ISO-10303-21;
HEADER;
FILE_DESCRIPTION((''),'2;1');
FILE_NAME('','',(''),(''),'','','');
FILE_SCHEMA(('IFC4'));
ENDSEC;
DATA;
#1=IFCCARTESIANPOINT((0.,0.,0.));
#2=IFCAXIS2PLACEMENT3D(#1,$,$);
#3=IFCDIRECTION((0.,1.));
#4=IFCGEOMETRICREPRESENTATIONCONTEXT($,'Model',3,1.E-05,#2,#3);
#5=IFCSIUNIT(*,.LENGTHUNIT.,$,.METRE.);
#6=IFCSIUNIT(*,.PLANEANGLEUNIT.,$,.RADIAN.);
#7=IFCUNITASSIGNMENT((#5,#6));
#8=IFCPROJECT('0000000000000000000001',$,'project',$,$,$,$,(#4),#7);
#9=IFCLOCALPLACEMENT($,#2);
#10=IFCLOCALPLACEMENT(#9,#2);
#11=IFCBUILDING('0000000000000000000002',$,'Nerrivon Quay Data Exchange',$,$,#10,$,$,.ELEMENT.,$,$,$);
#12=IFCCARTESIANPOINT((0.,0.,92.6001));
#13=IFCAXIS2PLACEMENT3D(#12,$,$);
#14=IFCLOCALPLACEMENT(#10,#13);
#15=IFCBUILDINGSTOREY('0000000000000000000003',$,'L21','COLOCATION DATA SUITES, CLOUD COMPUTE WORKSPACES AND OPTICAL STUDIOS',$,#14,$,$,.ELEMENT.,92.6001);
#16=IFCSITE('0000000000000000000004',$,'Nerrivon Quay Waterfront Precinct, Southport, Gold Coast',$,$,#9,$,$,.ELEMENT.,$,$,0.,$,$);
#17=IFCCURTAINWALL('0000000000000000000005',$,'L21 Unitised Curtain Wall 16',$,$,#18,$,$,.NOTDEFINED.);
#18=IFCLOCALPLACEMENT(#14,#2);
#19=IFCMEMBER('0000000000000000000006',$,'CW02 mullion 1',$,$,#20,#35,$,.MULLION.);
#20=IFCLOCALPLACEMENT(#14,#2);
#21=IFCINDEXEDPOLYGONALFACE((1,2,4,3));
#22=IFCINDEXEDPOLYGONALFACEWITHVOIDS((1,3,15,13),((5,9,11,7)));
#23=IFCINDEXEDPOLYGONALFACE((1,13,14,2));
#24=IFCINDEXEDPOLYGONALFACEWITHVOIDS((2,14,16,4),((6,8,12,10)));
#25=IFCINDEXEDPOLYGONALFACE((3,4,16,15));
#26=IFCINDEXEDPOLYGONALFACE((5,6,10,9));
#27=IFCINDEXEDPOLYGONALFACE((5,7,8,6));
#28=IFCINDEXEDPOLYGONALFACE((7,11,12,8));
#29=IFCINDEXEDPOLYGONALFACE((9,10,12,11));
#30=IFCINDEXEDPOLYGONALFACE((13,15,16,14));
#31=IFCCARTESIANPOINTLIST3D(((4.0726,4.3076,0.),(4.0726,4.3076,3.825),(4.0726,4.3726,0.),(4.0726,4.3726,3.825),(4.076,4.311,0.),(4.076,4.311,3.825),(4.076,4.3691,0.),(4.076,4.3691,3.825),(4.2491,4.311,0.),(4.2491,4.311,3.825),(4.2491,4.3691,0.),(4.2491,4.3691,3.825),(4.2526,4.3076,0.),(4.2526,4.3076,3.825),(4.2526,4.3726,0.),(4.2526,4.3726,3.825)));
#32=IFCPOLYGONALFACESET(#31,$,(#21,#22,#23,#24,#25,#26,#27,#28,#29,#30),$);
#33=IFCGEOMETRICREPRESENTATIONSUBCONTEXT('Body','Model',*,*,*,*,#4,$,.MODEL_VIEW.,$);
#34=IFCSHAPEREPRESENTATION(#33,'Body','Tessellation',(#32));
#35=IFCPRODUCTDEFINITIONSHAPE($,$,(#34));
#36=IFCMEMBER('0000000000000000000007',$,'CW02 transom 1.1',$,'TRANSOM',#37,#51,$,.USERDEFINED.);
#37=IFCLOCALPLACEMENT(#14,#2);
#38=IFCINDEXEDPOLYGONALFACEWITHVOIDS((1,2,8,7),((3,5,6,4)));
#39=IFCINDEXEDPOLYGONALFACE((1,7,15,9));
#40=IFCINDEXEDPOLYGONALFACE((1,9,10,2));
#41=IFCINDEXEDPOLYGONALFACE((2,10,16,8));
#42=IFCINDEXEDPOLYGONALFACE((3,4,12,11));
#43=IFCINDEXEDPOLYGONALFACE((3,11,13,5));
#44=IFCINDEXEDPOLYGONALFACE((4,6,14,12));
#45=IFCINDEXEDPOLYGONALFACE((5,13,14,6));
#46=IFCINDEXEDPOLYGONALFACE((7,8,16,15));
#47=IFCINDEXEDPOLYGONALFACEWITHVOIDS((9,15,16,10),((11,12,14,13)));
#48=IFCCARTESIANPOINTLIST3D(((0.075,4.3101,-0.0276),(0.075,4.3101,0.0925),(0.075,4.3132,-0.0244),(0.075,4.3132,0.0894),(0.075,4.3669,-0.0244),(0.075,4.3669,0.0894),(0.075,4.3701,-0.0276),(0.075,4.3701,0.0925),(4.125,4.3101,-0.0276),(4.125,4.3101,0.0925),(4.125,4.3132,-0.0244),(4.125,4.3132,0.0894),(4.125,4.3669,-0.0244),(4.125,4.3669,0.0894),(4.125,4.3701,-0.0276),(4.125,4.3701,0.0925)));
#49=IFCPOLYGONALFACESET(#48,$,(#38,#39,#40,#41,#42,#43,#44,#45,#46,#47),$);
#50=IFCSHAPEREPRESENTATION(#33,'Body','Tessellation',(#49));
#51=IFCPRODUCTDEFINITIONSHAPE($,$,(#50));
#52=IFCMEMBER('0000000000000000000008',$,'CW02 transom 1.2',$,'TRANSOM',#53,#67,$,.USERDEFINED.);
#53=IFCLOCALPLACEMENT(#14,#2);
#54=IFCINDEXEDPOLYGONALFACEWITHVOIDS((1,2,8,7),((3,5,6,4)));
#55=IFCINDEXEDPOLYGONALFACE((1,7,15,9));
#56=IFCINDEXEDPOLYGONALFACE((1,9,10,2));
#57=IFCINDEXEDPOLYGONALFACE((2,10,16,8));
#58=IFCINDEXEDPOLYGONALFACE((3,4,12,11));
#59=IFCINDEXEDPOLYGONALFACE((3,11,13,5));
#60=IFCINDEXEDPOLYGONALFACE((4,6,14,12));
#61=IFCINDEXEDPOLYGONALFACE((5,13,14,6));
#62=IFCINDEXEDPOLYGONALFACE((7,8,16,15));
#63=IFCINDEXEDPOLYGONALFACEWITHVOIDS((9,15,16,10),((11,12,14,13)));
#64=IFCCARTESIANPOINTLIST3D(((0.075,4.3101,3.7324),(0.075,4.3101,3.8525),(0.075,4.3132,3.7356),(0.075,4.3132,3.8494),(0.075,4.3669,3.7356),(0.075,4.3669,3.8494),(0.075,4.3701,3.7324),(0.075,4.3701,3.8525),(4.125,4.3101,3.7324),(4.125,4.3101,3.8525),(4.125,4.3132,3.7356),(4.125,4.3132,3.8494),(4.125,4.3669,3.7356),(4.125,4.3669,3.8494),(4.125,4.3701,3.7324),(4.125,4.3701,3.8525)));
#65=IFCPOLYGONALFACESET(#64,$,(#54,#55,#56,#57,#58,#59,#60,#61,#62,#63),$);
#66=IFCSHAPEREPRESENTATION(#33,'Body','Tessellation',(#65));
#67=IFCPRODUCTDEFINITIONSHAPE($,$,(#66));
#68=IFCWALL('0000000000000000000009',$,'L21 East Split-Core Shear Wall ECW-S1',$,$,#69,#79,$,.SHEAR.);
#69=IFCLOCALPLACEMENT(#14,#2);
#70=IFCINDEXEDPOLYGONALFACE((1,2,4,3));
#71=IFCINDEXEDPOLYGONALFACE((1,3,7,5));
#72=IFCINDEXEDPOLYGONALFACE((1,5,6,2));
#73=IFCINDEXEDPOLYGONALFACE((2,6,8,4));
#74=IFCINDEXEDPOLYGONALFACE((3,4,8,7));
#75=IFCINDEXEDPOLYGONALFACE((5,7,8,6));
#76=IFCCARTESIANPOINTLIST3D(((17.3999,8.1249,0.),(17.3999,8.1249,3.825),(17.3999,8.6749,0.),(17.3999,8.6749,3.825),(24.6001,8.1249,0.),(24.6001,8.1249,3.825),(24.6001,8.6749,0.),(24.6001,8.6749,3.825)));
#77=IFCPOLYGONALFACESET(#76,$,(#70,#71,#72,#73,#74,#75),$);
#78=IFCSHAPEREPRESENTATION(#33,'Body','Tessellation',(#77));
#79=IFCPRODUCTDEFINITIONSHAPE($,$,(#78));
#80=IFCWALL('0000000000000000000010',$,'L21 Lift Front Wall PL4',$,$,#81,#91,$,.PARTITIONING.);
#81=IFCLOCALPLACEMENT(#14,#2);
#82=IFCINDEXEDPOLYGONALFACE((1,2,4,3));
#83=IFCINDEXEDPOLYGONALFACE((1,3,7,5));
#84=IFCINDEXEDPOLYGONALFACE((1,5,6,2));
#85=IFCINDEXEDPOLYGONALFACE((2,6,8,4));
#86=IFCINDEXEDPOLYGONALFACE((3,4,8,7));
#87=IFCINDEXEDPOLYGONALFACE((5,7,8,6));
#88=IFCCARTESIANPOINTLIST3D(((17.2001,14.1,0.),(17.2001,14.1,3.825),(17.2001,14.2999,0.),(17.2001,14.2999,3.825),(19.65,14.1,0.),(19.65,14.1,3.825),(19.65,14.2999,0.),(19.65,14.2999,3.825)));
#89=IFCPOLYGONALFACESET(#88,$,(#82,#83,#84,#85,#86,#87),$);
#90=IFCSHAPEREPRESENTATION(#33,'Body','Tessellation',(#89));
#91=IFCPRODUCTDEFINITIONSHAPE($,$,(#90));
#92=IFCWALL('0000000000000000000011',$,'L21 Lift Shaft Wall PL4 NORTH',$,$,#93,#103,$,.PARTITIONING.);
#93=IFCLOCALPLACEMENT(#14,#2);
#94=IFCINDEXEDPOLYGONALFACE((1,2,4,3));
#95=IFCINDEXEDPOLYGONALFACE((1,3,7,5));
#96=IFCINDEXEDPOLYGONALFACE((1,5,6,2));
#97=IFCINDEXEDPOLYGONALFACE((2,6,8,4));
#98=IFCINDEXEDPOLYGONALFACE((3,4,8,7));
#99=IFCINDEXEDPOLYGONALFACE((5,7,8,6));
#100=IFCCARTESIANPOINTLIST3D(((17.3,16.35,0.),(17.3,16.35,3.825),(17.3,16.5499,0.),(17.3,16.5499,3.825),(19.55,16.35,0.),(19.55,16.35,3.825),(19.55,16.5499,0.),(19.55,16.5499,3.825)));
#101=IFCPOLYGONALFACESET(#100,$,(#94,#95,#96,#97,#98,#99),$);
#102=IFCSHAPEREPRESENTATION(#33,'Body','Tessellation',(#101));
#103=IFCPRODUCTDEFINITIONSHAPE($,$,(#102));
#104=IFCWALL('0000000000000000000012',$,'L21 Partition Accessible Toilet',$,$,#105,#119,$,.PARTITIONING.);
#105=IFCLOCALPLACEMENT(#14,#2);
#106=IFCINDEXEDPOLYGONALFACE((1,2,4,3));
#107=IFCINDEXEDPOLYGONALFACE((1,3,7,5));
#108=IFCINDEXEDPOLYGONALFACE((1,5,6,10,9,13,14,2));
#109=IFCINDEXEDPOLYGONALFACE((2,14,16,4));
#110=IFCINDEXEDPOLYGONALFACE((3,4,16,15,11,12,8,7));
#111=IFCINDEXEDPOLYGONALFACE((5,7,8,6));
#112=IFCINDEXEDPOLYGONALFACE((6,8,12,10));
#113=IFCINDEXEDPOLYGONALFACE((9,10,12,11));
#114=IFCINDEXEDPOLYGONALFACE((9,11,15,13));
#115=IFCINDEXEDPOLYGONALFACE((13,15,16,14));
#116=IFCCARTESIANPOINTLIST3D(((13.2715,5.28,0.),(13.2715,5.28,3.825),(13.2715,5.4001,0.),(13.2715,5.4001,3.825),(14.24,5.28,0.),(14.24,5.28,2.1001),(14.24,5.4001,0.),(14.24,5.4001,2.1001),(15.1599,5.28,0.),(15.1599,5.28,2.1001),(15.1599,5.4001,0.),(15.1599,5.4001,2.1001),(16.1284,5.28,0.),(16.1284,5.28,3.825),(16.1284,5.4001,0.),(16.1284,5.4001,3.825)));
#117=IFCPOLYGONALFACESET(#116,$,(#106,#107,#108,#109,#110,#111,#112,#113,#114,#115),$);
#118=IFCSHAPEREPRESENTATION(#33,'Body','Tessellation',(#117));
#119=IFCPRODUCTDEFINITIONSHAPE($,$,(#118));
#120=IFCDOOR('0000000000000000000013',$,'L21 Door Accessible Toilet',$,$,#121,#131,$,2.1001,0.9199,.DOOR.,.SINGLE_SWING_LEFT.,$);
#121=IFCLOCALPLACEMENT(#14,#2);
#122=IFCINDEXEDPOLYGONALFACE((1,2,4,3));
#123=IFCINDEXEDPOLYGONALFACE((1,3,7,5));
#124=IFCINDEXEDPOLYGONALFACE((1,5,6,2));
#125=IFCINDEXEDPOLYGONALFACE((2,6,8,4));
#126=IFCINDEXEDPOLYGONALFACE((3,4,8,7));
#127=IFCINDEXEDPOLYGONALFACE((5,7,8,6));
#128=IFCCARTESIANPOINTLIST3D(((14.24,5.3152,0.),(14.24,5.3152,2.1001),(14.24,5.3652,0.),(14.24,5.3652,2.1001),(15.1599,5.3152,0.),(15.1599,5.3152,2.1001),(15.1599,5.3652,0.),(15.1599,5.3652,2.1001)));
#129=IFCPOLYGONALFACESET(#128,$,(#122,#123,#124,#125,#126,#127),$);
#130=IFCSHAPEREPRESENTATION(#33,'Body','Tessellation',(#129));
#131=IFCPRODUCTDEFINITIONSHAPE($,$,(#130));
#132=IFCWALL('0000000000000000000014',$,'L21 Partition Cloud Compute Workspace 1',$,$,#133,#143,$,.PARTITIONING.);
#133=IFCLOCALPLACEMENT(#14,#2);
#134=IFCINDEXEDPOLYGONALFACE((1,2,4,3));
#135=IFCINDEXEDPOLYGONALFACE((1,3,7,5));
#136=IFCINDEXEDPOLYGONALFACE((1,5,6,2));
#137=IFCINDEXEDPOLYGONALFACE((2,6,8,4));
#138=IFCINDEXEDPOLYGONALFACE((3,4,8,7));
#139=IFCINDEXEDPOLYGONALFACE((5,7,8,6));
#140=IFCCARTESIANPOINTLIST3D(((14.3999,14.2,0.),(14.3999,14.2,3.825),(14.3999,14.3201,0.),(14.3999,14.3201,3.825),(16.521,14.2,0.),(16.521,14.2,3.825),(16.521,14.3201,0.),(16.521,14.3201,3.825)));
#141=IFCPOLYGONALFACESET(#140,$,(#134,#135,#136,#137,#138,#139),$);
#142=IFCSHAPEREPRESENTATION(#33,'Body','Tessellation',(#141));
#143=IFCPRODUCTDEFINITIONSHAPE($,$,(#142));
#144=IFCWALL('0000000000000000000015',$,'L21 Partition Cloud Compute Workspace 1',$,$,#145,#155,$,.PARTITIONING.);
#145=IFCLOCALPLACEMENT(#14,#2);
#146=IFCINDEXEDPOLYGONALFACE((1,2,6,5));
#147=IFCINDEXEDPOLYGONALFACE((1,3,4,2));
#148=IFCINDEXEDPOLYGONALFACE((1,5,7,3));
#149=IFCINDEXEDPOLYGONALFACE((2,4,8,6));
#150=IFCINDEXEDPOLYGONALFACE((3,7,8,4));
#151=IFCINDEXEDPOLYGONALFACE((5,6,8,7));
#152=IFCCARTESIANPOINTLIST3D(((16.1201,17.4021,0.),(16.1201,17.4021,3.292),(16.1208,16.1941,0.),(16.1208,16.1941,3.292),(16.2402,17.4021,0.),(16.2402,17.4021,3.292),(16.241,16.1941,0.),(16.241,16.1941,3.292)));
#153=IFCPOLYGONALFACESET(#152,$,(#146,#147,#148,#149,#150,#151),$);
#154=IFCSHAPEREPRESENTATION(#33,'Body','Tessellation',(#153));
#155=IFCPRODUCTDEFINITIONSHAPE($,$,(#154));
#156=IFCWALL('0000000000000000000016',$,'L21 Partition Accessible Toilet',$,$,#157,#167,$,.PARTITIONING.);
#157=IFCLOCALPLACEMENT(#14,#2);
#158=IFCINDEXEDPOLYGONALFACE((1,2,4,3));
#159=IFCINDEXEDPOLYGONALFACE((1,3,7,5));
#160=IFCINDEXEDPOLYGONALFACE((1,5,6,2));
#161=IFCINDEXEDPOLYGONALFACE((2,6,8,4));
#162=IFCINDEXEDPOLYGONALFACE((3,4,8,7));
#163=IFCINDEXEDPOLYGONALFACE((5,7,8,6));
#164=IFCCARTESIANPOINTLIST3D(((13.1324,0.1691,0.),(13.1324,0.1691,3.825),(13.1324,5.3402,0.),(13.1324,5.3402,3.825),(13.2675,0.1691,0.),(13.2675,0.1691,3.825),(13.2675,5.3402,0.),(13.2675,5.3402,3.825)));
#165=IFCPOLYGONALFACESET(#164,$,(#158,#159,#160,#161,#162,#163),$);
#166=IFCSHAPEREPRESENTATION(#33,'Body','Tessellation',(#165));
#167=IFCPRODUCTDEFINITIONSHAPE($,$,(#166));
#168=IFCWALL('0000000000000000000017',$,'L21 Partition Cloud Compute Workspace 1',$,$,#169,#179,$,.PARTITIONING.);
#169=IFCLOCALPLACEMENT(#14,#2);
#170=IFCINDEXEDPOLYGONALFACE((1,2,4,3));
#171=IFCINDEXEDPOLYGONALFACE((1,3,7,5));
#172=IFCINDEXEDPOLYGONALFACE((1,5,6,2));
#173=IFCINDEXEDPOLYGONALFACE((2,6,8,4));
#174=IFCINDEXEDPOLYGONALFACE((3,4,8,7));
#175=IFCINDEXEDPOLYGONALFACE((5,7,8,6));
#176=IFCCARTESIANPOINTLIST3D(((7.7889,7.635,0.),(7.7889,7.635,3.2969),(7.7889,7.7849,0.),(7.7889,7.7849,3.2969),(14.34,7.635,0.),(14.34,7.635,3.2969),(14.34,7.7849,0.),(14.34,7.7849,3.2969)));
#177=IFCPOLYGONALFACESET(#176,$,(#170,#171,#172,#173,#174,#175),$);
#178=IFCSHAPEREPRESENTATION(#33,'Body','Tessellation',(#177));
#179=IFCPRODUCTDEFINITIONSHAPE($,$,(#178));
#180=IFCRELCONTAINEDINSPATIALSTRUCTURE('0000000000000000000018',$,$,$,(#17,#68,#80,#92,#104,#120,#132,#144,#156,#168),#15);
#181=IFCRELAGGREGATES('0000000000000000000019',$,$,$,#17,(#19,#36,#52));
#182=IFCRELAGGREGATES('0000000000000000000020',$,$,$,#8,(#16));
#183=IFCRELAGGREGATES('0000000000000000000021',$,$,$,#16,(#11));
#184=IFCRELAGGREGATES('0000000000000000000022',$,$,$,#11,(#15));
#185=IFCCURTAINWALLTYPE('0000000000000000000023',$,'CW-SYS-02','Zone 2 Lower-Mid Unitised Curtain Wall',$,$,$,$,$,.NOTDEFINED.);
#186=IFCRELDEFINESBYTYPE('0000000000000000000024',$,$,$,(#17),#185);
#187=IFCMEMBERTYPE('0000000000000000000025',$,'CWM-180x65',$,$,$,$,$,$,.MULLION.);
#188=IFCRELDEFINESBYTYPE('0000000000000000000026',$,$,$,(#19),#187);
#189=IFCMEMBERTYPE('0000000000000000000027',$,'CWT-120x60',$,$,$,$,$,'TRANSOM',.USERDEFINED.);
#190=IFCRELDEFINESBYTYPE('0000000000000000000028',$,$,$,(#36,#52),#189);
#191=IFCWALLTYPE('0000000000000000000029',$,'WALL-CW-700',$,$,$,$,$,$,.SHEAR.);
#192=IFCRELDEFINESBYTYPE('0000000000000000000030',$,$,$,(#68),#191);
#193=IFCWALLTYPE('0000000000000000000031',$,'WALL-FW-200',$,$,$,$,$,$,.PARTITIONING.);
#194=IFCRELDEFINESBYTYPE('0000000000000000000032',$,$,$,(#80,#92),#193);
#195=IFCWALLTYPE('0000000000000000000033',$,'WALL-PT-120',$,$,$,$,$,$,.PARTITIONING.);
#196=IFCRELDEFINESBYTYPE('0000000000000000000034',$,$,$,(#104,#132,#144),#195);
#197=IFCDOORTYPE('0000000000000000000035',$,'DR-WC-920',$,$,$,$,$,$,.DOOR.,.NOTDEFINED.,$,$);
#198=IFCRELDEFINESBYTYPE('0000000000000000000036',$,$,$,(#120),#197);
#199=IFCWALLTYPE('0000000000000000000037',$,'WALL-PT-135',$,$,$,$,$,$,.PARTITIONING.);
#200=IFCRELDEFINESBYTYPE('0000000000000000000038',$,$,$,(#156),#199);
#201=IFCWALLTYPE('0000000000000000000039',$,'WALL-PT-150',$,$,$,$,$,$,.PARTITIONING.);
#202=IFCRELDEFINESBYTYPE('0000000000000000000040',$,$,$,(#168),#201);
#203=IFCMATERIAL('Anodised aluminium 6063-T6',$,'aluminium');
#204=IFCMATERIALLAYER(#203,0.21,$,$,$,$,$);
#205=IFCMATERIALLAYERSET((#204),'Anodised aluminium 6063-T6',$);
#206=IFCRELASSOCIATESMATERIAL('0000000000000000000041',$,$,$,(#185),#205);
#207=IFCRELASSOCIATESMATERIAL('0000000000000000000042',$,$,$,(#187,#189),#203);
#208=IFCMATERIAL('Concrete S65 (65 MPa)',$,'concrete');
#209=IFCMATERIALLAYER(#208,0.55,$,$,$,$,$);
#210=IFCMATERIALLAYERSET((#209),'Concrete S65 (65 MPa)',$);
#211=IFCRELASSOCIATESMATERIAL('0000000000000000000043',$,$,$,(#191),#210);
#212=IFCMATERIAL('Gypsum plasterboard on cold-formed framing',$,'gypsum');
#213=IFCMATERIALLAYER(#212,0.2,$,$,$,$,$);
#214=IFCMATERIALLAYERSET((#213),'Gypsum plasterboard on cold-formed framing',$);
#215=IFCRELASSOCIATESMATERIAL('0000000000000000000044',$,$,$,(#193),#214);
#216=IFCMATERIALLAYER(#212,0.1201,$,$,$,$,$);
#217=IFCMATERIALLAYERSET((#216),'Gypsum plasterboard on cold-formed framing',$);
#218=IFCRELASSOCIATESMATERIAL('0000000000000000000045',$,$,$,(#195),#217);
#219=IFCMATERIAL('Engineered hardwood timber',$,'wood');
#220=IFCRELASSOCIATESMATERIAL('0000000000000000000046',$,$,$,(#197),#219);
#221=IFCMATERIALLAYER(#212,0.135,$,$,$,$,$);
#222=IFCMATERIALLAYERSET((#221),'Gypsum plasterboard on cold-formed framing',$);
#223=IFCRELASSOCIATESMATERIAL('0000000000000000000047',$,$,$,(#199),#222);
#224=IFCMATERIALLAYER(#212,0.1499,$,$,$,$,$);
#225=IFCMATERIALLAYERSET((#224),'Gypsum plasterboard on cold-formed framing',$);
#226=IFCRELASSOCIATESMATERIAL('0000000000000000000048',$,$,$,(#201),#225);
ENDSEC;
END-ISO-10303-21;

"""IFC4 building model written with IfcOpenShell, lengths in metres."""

from ifc_helpers import new_model, si_unit, direction, frame, frame_2d, origin, origin_2d, place, context, subcontext, project, spatial, rectangle, hollow_rectangle, extrude, material, layer, layer_set, material_profile, profile_set, type_object, element, fill, aggregate, save


model = new_model("IFC4")

# Units and contexts
model_context = context("Model", 3, precision=1e-05, world=origin(), true_north=direction((0.0, 1.0)))
body_context = subcontext(model_context, "Body", "Model", "MODEL_VIEW")
ifc_project = project(units=[si_unit("LENGTHUNIT", "METRE"), si_unit("PLANEANGLEUNIT", "RADIAN")], contexts=[model_context])

# Site, building, storey
site_placement = place(None, origin())
site = spatial("IfcSite", under=ifc_project, at=site_placement, Name="Nerrivon Quay Waterfront Precinct, Southport, Gold Coast", CompositionType="ELEMENT", RefElevation=0.0)
building_placement = place(site_placement, origin())
building = spatial("IfcBuilding", under=site, at=building_placement, Name="Nerrivon Quay Data Exchange", CompositionType="ELEMENT")
storey_placement = place(building_placement, frame((0.0, 0.0, 92.6001)))
storey = spatial("IfcBuildingStorey", under=building, at=storey_placement, Name="L21", Description="COLOCATION DATA SUITES, CLOUD COMPUTE WORKSPACES AND OPTICAL STUDIOS", CompositionType="ELEMENT", Elevation=92.6001)

# Shared definitions
ifc_material_1 = material(Name="Concrete S65 (65 MPa)", Category="concrete")

# Curtain wall, members
ifc_material_2 = material(Name="Anodised aluminium 6063-T6", Category="aluminium")
ifc_layer_1 = layer(ifc_material_2, 0.21)
ifc_layer_set_1 = layer_set([ifc_layer_1], Name="Anodised aluminium 6063-T6")
curtain_wall_type = type_object("IfcCurtainWallType", Name="CW-SYS-02", Description="Zone 2 Lower-Mid Unitised Curtain Wall", PredefinedType="NOTDEFINED", material=ifc_layer_set_1)
curtain_wall_placement = place(storey_placement, origin())
curtain_wall = element("IfcCurtainWall", 1, at=curtain_wall_placement, inside=storey, type_object=curtain_wall_type, Name="L21 Unitised Curtain Wall 16", PredefinedType="NOTDEFINED")
ifc_material_profile_1 = material_profile(ifc_material_2, hollow_rectangle(XDim=0.0649, YDim=0.1799, WallThickness=0.0034, at=origin_2d()), Name="ALU-MULL-180x65")
ifc_profile_set_1 = profile_set([ifc_material_profile_1], Name="Anodised aluminium 6063-T6")
member_type_1 = type_object("IfcMemberType", Name="CWM-180x65", PredefinedType="MULLION", material=ifc_profile_set_1)
member_1_placement = place(storey_placement, frame((4.1626, 4.3401, 0.0), z_axis=(0.0, 0.0, 1.0), x_axis=(0.0, -1.0, 0.0)))
member_1 = element("IfcMember", 2, at=member_1_placement, type_object=member_type_1, Name="CW02 mullion 1", PredefinedType="MULLION", context=body_context, shape_type="SweptSolid", body=[
    extrude(hollow_rectangle(XDim=0.0649, YDim=0.1799, WallThickness=0.0034, at=origin_2d()), origin(), (0.0, 0.0, 1.0), 3.825),
])
ifc_material_profile_2 = material_profile(ifc_material_2, hollow_rectangle(XDim=0.0601, YDim=0.1201, WallThickness=0.0032, at=origin_2d()), Name="ALU-TRAN-120x60")
ifc_profile_set_2 = profile_set([ifc_material_profile_2], Name="Anodised aluminium 6063-T6")
member_type_2 = type_object("IfcMemberType", Name="CWT-120x60", ElementType="TRANSOM", PredefinedType="USERDEFINED", material=ifc_profile_set_2)
member_2_placement = place(storey_placement, frame((4.125, 4.3401, 0.0325), z_axis=(-1.0, 0.0, 0.0), x_axis=(0.0, -1.0, 0.0)))
member_2 = element("IfcMember", 3, at=member_2_placement, type_object=member_type_2, Name="CW02 transom 1.1", ObjectType="TRANSOM", PredefinedType="USERDEFINED", context=body_context, shape_type="SweptSolid", body=[
    extrude(hollow_rectangle(XDim=0.0601, YDim=0.1201, WallThickness=0.0032, at=origin_2d()), origin(), (0.0, 0.0, 1.0), 4.05),
])
member_3_placement = place(storey_placement, frame((4.125, 4.3401, 3.7925), z_axis=(-1.0, 0.0, 0.0), x_axis=(0.0, -1.0, 0.0)))
member_3 = element("IfcMember", 4, at=member_3_placement, type_object=member_type_2, Name="CW02 transom 1.2", ObjectType="TRANSOM", PredefinedType="USERDEFINED", context=body_context, shape_type="SweptSolid", body=[
    extrude(hollow_rectangle(XDim=0.0601, YDim=0.1201, WallThickness=0.0032, at=origin_2d()), origin(), (0.0, 0.0, 1.0), 4.05),
])
aggregate(curtain_wall, [member_1, member_2, member_3])

# Wall
ifc_layer_2 = layer(ifc_material_1, 0.55)
ifc_layer_set_2 = layer_set([ifc_layer_2], Name="Concrete S65 (65 MPa)")
wall_type_1 = type_object("IfcWallType", Name="WALL-CW-700", PredefinedType="SHEAR", material=ifc_layer_set_2)
wall_1_placement = place(storey_placement, frame((17.3999, 8.3999, 0.0), z_axis=(0.0, 0.0, 1.0), x_axis=(1.0, 0.0, 0.0)))
element("IfcWall", 5, at=wall_1_placement, inside=storey, type_object=wall_type_1, Name="L21 East Split-Core Shear Wall ECW-S1", PredefinedType="SHEAR", context=body_context, shape_type="SweptSolid", body=[
    extrude(rectangle(XDim=7.2002, YDim=0.55, at=frame_2d((3.6001, 0.0))), origin(), (0.0, 0.0, 1.0), 3.825),
])

# Walls
ifc_material_3 = material(Name="Gypsum plasterboard on cold-formed framing", Category="gypsum")
ifc_layer_3 = layer(ifc_material_3, 0.2)
ifc_layer_set_3 = layer_set([ifc_layer_3], Name="Gypsum plasterboard on cold-formed framing")
wall_type_2 = type_object("IfcWallType", Name="WALL-FW-200", PredefinedType="PARTITIONING", material=ifc_layer_set_3)
wall_2_placement = place(storey_placement, frame((17.2, 14.2, 0.0), z_axis=(0.0, 0.0, 1.0), x_axis=(1.0, 0.0, 0.0)))
element("IfcWall", 6, at=wall_2_placement, inside=storey, type_object=wall_type_2, Name="L21 Lift Front Wall PL4", PredefinedType="PARTITIONING", context=body_context, shape_type="SweptSolid", body=[
    extrude(rectangle(XDim=2.45, YDim=0.2, at=frame_2d((1.2251, 0.0))), origin(), (0.0, 0.0, 1.0), 3.825),
])
wall_3_placement = place(storey_placement, frame((17.3, 16.45, 0.0), z_axis=(0.0, 0.0, 1.0), x_axis=(1.0, 0.0, 0.0)))
element("IfcWall", 7, at=wall_3_placement, inside=storey, type_object=wall_type_2, Name="L21 Lift Shaft Wall PL4 NORTH", PredefinedType="PARTITIONING", context=body_context, shape_type="SweptSolid", body=[
    extrude(rectangle(XDim=2.25, YDim=0.2, at=frame_2d((1.125, 0.0))), origin(), (0.0, 0.0, 1.0), 3.825),
])

# Wall, opening, door
ifc_layer_4 = layer(ifc_material_3, 0.1201)
ifc_layer_set_4 = layer_set([ifc_layer_4], Name="Gypsum plasterboard on cold-formed framing")
wall_type_3 = type_object("IfcWallType", Name="WALL-PT-120", PredefinedType="PARTITIONING", material=ifc_layer_set_4)
wall_4_placement = place(storey_placement, frame((16.1284, 5.3401, 0.0), z_axis=(0.0, 0.0, 1.0), x_axis=(-1.0, 0.0, 0.0)))
wall_4 = element("IfcWall", 8, at=wall_4_placement, inside=storey, type_object=wall_type_3, Name="L21 Partition Accessible Toilet", PredefinedType="PARTITIONING", context=body_context, shape_type="SweptSolid", body=[
    extrude(rectangle(XDim=2.8569, YDim=0.1201, at=frame_2d((1.4285, 0.0))), origin(), (0.0, 0.0, 1.0), 3.825),
])
opening_1_placement = place(wall_4_placement, frame((0.9685, 0.0, 0.0)))
opening_1 = element("IfcOpeningElement", 9, at=opening_1_placement, cuts=wall_4, PredefinedType="OPENING", context=body_context, shape_type="SweptSolid", body=[
    extrude(rectangle(XDim=0.9199, YDim=2.1001, at=frame_2d((0.46, 1.05))), frame((0.0, 0.0701, 0.0), z_axis=(0.0, -1.0, 0.0), x_axis=(1.0, 0.0, 0.0)), (0.0, 0.0, 1.0), 0.1401),
])
ifc_material_4 = material(Name="Engineered hardwood timber", Category="wood")
door_type_1 = type_object("IfcDoorType", Name="DR-WC-920", OperationType="NOTDEFINED", PredefinedType="DOOR", material=ifc_material_4)
door_1_placement = place(opening_1_placement, origin())
door_1 = element("IfcDoor", 10, at=door_1_placement, inside=storey, type_object=door_type_1, Name="L21 Door Accessible Toilet", OperationType="SINGLE_SWING_LEFT", OverallHeight=2.1001, OverallWidth=0.9199, PredefinedType="DOOR", context=body_context, shape_type="SweptSolid", body=[
    extrude(rectangle(XDim=0.9199, YDim=2.1001, at=frame_2d((0.46, 1.05))), frame((0.0, 0.0249, 0.0), z_axis=(0.0, -1.0, 0.0), x_axis=(1.0, 0.0, 0.0)), (0.0, 0.0, 1.0), 0.05),
])
fill(opening_1, door_1)

# Walls
wall_5_placement = place(storey_placement, frame((14.3999, 14.26, 0.0), z_axis=(0.0, 0.0, 1.0), x_axis=(1.0, 0.0, 0.0)))
element("IfcWall", 11, at=wall_5_placement, inside=storey, type_object=wall_type_3, Name="L21 Partition Cloud Compute Workspace 1", PredefinedType="PARTITIONING", context=body_context, shape_type="SweptSolid", body=[
    extrude(rectangle(XDim=2.1211, YDim=0.1201, at=frame_2d((1.0605, 0.0))), origin(), (0.0, 0.0, 1.0), 3.825),
])
wall_6_placement = place(storey_placement, frame((16.1809, 16.1941, 0.0), z_axis=(0.0, 0.0, 1.0), x_axis=(-0.000606, 1.0, 0.0)))
element("IfcWall", 12, at=wall_6_placement, inside=storey, type_object=wall_type_3, Name="L21 Partition Cloud Compute Workspace 1", PredefinedType="PARTITIONING", context=body_context, shape_type="SweptSolid", body=[
    extrude(rectangle(XDim=1.208, YDim=0.1201, at=frame_2d((0.604, 0.0))), origin(), (0.0, 0.0, 1.0), 3.292),
])
ifc_layer_5 = layer(ifc_material_3, 0.135)
ifc_layer_set_5 = layer_set([ifc_layer_5], Name="Gypsum plasterboard on cold-formed framing")
wall_type_4 = type_object("IfcWallType", Name="WALL-PT-135", PredefinedType="PARTITIONING", material=ifc_layer_set_5)
wall_7_placement = place(storey_placement, frame((13.2, 5.3401, 0.0), z_axis=(0.0, 0.0, 1.0), x_axis=(0.0, -1.0, 0.0)))
element("IfcWall", 13, at=wall_7_placement, inside=storey, type_object=wall_type_4, Name="L21 Partition Accessible Toilet", PredefinedType="PARTITIONING", context=body_context, shape_type="SweptSolid", body=[
    extrude(rectangle(XDim=5.1711, YDim=0.135, at=frame_2d((2.5854, 0.0))), origin(), (0.0, 0.0, 1.0), 3.825),
])
ifc_layer_6 = layer(ifc_material_3, 0.1499)
ifc_layer_set_6 = layer_set([ifc_layer_6], Name="Gypsum plasterboard on cold-formed framing")
wall_type_5 = type_object("IfcWallType", Name="WALL-PT-150", PredefinedType="PARTITIONING", material=ifc_layer_set_6)
wall_8_placement = place(storey_placement, frame((7.7891, 7.71, 0.0), z_axis=(0.0, 0.0, 1.0), x_axis=(1.0, 0.0, 0.0)))
element("IfcWall", 14, at=wall_8_placement, inside=storey, type_object=wall_type_5, Name="L21 Partition Cloud Compute Workspace 1", PredefinedType="PARTITIONING", context=body_context, shape_type="SweptSolid", body=[
    extrude(rectangle(XDim=6.551, YDim=0.1499, at=frame_2d((3.2754, 0.0))), origin(), (0.0, 0.0, 1.0), 3.2969),
])

save(model, "model.ifc")
